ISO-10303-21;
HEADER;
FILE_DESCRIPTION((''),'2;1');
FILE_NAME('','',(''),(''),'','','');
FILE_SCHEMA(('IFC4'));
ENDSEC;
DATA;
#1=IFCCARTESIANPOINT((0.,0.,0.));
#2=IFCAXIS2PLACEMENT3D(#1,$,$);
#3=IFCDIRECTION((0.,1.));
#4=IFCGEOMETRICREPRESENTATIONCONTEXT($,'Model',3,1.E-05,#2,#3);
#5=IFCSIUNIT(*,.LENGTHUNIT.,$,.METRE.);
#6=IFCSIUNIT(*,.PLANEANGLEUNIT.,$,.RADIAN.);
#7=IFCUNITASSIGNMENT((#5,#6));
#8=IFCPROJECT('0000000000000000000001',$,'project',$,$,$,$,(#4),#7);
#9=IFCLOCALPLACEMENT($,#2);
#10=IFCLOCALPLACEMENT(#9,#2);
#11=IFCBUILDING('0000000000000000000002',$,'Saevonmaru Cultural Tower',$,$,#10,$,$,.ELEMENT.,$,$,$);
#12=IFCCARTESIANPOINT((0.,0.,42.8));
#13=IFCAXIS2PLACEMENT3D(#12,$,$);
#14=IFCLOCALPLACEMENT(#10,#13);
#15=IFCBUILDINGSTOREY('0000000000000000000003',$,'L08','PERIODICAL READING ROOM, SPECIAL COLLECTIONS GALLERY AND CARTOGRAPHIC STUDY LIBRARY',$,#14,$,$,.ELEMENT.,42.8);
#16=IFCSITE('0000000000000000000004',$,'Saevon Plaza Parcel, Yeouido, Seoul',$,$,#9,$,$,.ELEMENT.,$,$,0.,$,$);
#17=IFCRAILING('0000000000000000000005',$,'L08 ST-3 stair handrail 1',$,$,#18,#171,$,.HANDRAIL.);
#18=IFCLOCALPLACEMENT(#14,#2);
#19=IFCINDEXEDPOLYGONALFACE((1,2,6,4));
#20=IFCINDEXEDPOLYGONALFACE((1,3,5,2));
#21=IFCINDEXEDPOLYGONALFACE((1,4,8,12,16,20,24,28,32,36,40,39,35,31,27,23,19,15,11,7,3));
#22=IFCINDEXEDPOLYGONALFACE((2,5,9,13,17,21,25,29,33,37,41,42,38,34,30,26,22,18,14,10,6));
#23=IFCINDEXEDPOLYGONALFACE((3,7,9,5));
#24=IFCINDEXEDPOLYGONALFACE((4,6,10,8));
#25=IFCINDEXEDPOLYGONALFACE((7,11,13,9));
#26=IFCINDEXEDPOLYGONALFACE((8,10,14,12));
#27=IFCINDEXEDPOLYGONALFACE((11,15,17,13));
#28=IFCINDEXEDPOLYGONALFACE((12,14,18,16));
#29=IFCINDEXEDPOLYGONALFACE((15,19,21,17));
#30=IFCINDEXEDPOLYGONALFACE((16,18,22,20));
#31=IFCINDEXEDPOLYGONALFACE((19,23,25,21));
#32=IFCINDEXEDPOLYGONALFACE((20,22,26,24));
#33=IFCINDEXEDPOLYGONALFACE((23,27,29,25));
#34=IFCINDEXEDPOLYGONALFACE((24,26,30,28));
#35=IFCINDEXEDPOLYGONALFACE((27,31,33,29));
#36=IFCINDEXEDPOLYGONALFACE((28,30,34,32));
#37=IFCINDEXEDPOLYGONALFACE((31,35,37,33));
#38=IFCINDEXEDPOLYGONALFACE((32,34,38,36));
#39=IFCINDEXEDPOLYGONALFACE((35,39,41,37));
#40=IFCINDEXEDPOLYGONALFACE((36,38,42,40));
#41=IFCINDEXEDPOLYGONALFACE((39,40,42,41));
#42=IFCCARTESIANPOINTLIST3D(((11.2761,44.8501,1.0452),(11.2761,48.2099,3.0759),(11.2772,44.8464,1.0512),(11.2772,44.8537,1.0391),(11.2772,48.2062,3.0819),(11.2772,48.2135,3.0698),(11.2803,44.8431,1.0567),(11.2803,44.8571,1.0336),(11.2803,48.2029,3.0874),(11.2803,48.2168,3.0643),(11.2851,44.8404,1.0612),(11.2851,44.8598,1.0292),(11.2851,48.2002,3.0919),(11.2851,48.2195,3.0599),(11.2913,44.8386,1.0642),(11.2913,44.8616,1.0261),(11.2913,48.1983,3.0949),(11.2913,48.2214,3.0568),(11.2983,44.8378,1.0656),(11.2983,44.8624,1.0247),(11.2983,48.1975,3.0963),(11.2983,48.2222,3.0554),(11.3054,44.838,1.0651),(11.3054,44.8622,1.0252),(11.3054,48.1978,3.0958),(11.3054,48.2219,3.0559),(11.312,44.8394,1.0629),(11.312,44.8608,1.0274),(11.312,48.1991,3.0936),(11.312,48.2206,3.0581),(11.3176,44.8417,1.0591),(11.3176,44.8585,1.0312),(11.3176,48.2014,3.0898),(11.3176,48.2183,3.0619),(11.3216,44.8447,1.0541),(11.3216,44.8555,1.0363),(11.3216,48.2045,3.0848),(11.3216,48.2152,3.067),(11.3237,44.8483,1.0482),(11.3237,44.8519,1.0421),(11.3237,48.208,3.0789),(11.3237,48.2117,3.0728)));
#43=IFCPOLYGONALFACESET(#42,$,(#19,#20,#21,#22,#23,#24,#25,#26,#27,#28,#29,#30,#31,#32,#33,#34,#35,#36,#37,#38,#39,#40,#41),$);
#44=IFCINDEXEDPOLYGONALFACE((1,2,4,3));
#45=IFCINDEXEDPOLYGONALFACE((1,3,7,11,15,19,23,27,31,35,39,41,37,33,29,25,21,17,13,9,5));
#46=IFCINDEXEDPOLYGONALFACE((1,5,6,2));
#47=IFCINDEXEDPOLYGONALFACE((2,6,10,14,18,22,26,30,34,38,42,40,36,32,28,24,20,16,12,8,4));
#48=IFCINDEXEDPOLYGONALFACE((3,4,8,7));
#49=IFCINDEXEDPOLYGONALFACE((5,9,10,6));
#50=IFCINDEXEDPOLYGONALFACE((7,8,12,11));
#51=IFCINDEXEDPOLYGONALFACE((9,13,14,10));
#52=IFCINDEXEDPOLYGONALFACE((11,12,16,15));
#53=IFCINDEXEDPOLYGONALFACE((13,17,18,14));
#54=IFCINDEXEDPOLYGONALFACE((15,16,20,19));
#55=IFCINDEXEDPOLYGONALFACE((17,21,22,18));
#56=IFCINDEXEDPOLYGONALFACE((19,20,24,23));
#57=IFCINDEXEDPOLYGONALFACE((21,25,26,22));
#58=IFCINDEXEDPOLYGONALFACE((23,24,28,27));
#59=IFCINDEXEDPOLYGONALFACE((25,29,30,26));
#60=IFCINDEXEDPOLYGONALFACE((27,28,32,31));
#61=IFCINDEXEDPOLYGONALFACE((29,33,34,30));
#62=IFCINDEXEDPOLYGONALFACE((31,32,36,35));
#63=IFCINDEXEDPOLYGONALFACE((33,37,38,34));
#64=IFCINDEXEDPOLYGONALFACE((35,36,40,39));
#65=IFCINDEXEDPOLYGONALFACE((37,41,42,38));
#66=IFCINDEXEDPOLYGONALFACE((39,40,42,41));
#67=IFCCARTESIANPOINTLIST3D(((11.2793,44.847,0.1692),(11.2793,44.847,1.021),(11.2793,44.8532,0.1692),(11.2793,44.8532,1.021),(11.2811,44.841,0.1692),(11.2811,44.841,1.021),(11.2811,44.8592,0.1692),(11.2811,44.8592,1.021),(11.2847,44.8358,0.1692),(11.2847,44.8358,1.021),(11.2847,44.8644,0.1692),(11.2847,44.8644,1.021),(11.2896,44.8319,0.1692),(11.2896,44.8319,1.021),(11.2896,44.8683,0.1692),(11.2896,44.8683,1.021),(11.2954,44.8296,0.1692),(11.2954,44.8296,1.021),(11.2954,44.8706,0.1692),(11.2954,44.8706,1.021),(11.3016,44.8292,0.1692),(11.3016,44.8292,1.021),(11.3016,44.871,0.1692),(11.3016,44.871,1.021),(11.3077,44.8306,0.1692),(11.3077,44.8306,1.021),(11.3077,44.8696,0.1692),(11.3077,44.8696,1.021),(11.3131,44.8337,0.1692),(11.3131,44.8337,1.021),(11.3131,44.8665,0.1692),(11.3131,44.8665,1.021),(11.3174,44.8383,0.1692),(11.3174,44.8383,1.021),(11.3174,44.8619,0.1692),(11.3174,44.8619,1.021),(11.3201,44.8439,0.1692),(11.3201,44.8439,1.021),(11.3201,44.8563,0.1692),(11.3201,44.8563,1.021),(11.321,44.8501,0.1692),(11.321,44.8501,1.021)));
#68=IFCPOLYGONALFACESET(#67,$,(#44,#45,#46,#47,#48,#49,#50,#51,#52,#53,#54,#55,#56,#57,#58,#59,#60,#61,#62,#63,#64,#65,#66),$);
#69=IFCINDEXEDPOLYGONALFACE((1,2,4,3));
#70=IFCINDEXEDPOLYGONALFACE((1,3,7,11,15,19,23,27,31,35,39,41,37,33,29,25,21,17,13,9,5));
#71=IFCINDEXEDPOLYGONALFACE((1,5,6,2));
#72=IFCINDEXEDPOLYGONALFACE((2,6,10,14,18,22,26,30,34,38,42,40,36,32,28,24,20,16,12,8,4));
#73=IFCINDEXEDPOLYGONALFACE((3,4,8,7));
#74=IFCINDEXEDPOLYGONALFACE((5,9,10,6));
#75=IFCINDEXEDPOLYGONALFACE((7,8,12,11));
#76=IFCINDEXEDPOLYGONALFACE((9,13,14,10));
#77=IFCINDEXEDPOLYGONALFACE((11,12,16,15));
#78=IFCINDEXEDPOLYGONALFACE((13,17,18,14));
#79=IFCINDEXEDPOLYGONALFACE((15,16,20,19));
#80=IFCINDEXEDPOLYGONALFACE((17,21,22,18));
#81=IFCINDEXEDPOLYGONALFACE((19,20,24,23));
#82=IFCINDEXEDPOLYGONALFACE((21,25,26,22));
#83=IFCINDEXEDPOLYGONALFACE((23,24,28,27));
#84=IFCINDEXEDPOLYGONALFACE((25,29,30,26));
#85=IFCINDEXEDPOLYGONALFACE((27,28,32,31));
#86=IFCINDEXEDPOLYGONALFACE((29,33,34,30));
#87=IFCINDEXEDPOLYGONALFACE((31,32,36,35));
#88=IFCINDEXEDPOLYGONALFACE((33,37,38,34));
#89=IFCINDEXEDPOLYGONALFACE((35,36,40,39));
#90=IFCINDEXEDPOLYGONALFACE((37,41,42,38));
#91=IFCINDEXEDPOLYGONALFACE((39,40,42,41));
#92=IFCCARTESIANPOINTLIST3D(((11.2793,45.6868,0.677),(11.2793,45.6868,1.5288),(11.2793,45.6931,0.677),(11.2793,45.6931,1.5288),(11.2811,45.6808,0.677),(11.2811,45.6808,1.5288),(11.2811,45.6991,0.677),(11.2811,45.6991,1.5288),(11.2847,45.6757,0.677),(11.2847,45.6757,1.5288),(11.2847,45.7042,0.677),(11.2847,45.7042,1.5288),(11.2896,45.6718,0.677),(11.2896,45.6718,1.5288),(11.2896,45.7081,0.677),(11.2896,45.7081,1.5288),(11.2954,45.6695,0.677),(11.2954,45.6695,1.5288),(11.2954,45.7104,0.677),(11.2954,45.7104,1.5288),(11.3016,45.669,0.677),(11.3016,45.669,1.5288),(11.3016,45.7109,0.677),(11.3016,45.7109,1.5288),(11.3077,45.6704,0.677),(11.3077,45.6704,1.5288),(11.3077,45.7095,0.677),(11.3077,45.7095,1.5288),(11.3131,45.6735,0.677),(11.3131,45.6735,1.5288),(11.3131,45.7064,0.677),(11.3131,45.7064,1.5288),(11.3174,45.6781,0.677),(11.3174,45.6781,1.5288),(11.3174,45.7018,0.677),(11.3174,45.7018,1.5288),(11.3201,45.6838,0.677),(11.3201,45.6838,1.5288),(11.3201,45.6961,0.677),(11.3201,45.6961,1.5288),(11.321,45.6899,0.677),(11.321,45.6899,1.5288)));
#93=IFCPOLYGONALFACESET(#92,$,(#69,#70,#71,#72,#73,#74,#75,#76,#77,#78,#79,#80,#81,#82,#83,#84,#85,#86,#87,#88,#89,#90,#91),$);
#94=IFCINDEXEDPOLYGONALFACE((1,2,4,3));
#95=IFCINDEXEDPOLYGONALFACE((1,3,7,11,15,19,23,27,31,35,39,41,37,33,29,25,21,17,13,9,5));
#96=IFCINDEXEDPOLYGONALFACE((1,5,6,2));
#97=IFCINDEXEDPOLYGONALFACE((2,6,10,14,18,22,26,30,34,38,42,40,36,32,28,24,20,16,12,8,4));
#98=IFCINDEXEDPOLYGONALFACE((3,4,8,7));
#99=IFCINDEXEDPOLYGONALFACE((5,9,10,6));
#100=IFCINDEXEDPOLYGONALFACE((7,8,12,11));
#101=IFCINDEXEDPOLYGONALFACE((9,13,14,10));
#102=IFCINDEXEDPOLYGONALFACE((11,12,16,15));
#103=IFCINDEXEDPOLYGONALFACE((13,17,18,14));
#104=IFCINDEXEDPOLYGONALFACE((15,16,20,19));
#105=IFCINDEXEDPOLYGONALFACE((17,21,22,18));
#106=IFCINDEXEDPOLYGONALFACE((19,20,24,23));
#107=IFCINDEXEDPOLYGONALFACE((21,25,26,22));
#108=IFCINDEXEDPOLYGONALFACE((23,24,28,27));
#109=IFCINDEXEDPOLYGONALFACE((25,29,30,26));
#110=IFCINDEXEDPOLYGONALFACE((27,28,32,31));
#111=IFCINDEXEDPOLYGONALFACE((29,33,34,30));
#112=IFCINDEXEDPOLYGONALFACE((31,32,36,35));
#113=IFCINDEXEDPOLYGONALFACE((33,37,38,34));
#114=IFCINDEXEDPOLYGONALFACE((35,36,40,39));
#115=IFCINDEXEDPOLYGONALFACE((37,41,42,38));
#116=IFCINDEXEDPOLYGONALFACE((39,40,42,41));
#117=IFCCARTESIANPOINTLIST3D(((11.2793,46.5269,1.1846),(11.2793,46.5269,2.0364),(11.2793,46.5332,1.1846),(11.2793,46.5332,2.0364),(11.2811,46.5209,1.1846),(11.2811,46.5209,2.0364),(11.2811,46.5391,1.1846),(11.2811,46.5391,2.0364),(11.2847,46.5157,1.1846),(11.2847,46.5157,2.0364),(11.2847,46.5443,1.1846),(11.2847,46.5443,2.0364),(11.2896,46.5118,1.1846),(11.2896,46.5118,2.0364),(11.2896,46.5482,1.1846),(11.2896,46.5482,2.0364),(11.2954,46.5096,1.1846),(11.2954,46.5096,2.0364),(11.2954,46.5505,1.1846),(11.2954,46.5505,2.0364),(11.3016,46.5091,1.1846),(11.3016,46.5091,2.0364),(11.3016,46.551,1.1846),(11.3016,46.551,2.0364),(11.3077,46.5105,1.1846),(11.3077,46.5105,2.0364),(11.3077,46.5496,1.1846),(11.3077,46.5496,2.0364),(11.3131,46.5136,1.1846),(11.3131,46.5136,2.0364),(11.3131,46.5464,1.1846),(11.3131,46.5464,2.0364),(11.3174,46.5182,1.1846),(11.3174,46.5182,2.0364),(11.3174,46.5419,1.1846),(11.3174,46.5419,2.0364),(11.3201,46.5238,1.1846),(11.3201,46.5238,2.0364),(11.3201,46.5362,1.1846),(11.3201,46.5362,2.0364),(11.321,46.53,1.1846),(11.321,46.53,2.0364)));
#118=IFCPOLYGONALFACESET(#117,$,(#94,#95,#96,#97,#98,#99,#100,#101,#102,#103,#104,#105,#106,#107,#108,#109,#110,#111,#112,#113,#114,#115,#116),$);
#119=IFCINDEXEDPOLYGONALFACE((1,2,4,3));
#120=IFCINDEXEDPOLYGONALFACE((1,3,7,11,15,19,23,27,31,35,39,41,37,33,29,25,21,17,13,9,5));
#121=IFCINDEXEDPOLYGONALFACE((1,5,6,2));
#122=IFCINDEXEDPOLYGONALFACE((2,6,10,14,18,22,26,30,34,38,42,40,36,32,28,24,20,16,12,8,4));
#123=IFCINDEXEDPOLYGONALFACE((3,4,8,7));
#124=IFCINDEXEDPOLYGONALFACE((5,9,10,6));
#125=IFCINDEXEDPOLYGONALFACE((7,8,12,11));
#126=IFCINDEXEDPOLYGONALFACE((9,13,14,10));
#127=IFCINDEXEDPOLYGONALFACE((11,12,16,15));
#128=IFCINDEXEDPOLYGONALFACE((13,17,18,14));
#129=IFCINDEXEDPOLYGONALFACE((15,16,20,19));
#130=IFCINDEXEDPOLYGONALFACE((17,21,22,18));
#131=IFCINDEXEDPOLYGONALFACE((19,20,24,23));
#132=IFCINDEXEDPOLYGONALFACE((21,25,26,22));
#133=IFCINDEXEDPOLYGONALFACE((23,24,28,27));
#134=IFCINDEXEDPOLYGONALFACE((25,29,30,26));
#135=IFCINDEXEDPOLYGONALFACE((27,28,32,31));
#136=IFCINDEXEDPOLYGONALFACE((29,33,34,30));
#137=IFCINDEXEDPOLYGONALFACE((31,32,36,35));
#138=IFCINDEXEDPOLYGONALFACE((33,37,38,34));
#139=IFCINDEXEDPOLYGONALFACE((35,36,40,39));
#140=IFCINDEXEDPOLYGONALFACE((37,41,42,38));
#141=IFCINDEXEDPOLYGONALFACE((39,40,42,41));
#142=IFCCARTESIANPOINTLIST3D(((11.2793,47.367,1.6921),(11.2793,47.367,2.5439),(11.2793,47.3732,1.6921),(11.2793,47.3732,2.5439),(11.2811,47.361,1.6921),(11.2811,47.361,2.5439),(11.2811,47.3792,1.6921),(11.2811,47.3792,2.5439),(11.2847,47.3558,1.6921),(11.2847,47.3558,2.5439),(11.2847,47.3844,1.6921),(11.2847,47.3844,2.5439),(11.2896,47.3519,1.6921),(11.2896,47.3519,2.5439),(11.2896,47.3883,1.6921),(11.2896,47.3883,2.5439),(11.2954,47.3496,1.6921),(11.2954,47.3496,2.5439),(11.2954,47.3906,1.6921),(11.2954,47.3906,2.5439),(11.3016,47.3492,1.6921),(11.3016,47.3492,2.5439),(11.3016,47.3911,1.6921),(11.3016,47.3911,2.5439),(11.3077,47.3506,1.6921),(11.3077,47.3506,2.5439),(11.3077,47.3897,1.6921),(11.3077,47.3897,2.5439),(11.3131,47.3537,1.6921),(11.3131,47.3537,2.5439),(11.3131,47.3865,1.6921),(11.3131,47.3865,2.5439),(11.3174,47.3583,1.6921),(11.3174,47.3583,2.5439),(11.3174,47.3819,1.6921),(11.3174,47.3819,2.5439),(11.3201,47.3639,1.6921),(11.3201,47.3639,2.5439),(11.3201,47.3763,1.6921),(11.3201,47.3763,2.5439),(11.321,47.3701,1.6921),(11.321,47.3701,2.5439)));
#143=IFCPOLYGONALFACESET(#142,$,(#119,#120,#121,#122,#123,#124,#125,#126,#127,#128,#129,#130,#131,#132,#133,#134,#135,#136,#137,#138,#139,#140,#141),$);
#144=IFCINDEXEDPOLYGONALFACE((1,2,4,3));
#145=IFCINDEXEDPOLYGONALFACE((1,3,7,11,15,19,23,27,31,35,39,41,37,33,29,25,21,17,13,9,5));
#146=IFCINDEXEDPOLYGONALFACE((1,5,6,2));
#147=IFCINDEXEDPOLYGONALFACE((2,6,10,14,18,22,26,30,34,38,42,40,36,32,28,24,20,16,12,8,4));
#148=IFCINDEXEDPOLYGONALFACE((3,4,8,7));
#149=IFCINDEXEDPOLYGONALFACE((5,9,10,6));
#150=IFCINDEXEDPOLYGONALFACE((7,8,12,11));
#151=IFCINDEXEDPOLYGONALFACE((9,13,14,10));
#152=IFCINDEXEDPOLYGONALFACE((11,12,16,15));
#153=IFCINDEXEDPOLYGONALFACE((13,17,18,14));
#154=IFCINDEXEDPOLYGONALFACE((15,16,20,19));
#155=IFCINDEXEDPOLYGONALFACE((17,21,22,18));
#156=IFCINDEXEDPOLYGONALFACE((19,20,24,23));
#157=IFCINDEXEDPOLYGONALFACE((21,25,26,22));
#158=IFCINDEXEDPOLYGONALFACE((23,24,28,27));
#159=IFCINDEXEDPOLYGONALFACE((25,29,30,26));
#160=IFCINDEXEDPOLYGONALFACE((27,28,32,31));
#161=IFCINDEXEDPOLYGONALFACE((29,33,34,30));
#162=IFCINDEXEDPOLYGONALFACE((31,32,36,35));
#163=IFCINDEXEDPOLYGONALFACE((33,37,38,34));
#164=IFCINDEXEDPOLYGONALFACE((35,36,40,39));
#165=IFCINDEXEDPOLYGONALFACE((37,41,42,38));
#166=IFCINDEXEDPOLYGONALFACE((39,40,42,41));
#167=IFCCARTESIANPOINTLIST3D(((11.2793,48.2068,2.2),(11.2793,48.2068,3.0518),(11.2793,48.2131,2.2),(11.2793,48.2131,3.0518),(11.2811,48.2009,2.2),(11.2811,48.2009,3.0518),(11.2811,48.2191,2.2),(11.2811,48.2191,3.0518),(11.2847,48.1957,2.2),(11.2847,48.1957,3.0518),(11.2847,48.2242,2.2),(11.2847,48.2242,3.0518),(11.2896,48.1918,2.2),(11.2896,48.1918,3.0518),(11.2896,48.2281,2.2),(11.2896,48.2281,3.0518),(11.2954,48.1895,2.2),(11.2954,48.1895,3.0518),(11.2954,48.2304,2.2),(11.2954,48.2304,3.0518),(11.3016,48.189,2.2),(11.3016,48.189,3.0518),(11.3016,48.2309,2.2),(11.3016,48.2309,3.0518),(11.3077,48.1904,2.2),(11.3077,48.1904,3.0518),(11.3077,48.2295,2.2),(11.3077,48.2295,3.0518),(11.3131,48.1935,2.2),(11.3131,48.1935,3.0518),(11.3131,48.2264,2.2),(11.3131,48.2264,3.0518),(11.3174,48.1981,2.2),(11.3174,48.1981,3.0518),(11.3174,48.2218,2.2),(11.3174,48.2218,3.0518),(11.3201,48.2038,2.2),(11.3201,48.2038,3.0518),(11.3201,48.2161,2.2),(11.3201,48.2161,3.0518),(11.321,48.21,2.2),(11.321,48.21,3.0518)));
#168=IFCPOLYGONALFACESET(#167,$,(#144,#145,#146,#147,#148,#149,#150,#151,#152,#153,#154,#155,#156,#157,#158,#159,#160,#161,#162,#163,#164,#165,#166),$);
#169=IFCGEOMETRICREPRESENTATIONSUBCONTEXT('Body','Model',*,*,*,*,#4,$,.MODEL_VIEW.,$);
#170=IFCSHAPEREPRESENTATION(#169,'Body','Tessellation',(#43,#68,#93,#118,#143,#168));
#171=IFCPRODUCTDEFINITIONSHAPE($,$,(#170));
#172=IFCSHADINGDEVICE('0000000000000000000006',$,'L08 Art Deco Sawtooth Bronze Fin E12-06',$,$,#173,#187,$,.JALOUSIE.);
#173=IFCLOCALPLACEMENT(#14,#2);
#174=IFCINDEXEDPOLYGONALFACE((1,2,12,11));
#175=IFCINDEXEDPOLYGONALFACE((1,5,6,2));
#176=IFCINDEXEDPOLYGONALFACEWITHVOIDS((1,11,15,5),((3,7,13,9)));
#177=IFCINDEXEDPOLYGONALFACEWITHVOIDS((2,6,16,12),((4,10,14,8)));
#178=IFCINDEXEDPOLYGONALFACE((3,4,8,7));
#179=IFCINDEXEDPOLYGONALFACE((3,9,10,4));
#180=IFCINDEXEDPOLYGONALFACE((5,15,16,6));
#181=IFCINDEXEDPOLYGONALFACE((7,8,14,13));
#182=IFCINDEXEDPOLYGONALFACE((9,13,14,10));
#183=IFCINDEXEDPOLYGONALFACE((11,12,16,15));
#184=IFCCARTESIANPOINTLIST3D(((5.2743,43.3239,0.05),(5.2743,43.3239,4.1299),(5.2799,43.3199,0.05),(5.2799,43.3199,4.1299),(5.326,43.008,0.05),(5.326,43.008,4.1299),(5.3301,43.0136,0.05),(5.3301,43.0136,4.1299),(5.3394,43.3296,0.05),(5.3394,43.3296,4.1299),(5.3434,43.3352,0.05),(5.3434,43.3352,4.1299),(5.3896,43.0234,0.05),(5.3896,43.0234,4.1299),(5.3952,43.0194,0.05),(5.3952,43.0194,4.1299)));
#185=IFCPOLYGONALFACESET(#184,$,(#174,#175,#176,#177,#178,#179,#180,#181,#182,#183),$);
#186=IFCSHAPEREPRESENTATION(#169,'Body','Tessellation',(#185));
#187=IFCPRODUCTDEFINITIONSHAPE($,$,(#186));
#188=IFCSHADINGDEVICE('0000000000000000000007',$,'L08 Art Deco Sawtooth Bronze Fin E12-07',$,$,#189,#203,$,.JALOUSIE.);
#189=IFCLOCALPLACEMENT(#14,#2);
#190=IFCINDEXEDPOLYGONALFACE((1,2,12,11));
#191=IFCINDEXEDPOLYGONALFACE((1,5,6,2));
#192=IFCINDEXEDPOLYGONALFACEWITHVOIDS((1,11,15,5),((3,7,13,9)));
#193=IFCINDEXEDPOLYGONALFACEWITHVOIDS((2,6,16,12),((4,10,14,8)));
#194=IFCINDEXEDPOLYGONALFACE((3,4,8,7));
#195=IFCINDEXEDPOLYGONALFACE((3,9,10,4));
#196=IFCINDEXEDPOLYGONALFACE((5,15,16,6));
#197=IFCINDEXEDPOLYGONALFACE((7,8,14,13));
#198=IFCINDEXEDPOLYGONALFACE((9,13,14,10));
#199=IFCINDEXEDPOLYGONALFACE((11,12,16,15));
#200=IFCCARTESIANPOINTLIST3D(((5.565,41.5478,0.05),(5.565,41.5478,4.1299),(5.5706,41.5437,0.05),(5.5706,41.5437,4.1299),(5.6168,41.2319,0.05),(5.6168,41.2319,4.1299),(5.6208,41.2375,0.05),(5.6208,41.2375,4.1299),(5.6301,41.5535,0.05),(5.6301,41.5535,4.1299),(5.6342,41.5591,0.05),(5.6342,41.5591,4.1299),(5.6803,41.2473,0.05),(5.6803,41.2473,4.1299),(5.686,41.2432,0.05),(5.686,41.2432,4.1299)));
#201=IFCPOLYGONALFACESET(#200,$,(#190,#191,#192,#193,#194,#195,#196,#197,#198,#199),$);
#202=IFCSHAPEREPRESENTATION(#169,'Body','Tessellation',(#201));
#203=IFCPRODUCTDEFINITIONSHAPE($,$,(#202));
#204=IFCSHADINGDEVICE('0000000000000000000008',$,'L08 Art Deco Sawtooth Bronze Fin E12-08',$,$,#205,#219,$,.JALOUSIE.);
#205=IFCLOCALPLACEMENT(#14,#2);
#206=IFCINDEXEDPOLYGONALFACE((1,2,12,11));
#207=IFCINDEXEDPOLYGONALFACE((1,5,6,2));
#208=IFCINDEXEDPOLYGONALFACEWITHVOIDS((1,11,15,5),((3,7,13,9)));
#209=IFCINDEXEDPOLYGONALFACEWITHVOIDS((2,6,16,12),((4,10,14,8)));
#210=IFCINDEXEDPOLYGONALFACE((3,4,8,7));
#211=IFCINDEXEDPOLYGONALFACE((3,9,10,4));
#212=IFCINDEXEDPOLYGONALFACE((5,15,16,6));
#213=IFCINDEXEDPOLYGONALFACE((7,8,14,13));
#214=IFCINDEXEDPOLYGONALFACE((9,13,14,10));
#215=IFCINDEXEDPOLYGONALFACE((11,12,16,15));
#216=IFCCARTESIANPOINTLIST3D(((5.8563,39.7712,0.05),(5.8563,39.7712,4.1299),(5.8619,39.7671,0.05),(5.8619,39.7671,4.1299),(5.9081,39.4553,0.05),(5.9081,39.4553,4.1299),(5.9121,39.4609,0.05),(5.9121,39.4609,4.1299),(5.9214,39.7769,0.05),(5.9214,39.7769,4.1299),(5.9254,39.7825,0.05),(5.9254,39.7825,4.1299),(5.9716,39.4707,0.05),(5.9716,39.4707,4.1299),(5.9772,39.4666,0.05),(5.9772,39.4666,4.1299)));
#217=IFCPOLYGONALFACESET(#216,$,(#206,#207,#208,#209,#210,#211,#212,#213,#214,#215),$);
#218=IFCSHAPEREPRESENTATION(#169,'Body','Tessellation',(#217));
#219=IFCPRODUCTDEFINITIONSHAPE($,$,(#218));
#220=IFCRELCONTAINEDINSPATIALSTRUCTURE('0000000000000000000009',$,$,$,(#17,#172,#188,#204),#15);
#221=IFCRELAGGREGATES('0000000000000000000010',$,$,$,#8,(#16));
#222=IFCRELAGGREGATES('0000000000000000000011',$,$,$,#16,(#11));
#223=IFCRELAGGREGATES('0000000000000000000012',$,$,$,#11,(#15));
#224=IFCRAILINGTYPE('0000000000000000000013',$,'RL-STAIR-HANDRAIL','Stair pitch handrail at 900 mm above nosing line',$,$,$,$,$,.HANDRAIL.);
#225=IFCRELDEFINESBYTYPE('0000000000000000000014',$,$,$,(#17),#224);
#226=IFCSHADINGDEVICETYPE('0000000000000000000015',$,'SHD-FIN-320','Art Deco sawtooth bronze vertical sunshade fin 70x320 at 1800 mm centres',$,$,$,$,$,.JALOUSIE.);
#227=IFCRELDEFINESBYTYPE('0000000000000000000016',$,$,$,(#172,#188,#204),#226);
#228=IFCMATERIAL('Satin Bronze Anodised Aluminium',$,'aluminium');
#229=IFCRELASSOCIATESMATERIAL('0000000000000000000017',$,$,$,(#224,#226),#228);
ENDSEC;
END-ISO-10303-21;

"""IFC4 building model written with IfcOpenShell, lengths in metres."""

from ifc_helpers import new_model, si_unit, direction, frame, origin, origin_2d, place, context, subcontext, project, spatial, hollow_rectangle, circle, extrude, material, material_profile, profile_set, type_object, element, save


model = new_model("IFC4")

# Units and contexts
model_context = context("Model", 3, precision=1e-05, world=origin(), true_north=direction((0.0, 1.0)))
body_context = subcontext(model_context, "Body", "Model", "MODEL_VIEW")
ifc_project = project(units=[si_unit("LENGTHUNIT", "METRE"), si_unit("PLANEANGLEUNIT", "RADIAN")], contexts=[model_context])

# Site, building, storey
site_placement = place(None, origin())
site = spatial("IfcSite", under=ifc_project, at=site_placement, Name="Saevon Plaza Parcel, Yeouido, Seoul", CompositionType="ELEMENT", RefElevation=0.0)
building_placement = place(site_placement, origin())
building = spatial("IfcBuilding", under=site, at=building_placement, Name="Saevonmaru Cultural Tower", CompositionType="ELEMENT")
storey_placement = place(building_placement, frame((0.0, 0.0, 42.8)))
storey = spatial("IfcBuildingStorey", under=building, at=storey_placement, Name="L08", Description="PERIODICAL READING ROOM, SPECIAL COLLECTIONS GALLERY AND CARTOGRAPHIC STUDY LIBRARY", CompositionType="ELEMENT", Elevation=42.8)

# Shared definitions
ifc_material_1 = material(Name="Satin Bronze Anodised Aluminium", Category="aluminium")

# Railing
railing_type_1 = type_object("IfcRailingType", Name="RL-STAIR-HANDRAIL", Description="Stair pitch handrail at 900 mm above nosing line", PredefinedType="HANDRAIL", material=ifc_material_1)
railing_1_placement = place(storey_placement, frame((11.3, 44.8501, 0.1692)))
element("IfcRailing", 1, at=railing_1_placement, inside=storey, type_object=railing_type_1, Name="L08 ST-3 stair handrail 1", PredefinedType="HANDRAIL", context=body_context, shape_type="SweptSolid", body=[
    extrude(circle(Radius=0.0239, at=origin_2d()), frame((0.0, 0.0, 0.876), z_axis=(0.0, 0.85582, 0.517273), x_axis=(-1.0, 0.0, 0.0)), (0.0, 0.0, 1.0), 3.9258),
    extrude(circle(Radius=0.021, at=origin_2d()), origin(), (0.0, 0.0, 1.0), 0.8518),
    extrude(circle(Radius=0.021, at=origin_2d()), frame((0.0, 0.8398, 0.5078)), (0.0, 0.0, 1.0), 0.8518),
    extrude(circle(Radius=0.021, at=origin_2d()), frame((0.0, 1.6799, 1.0154)), (0.0, 0.0, 1.0), 0.8518),
    extrude(circle(Radius=0.021, at=origin_2d()), frame((0.0, 2.52, 1.5229)), (0.0, 0.0, 1.0), 0.8518),
    extrude(circle(Radius=0.021, at=origin_2d()), frame((0.0, 3.3599, 2.0308)), (0.0, 0.0, 1.0), 0.8518),
])

# Shading devices
ifc_material_profile_1 = material_profile(ifc_material_1, hollow_rectangle(XDim=0.0701, YDim=0.3201, WallThickness=0.0049, at=origin_2d()), Name="FIN-320x70")
ifc_profile_set_1 = profile_set([ifc_material_profile_1], Name="Satin Bronze Anodised Aluminium")
shading_device_type = type_object("IfcShadingDeviceType", Name="SHD-FIN-320", Description="Art Deco sawtooth bronze vertical sunshade fin 70x320 at 1800 mm centres", PredefinedType="JALOUSIE", material=ifc_profile_set_1)
for number, where, z_axis, x_axis, name in (
    (2, (5.3347, 43.1716, 0.05), (0.0, 0.0, 1.0), (-0.986827, -0.161776, 0.0), "L08 Art Deco Sawtooth Bronze Fin E12-06"),
    (3, (5.6255, 41.3955, 0.05), (0.0, 0.0, 1.0), (-0.986827, -0.161776, 0.0), "L08 Art Deco Sawtooth Bronze Fin E12-07"),
    (4, (5.9167, 39.6189, 0.05), (0.0, 0.0, 1.0), (-0.986827, -0.161776, 0.0), "L08 Art Deco Sawtooth Bronze Fin E12-08"),
):
    element("IfcShadingDevice", number, at=place(storey_placement, frame(where, z_axis=z_axis, x_axis=x_axis)), inside=storey, type_object=shading_device_type, Name=name, PredefinedType="JALOUSIE", context=body_context, shape_type="SweptSolid", body=[
        extrude(hollow_rectangle(XDim=0.0701, YDim=0.3201, WallThickness=0.0049, at=origin_2d()), origin(), (0.0, 0.0, 1.0), 4.0798),
    ])

save(model, "model.ifc")
